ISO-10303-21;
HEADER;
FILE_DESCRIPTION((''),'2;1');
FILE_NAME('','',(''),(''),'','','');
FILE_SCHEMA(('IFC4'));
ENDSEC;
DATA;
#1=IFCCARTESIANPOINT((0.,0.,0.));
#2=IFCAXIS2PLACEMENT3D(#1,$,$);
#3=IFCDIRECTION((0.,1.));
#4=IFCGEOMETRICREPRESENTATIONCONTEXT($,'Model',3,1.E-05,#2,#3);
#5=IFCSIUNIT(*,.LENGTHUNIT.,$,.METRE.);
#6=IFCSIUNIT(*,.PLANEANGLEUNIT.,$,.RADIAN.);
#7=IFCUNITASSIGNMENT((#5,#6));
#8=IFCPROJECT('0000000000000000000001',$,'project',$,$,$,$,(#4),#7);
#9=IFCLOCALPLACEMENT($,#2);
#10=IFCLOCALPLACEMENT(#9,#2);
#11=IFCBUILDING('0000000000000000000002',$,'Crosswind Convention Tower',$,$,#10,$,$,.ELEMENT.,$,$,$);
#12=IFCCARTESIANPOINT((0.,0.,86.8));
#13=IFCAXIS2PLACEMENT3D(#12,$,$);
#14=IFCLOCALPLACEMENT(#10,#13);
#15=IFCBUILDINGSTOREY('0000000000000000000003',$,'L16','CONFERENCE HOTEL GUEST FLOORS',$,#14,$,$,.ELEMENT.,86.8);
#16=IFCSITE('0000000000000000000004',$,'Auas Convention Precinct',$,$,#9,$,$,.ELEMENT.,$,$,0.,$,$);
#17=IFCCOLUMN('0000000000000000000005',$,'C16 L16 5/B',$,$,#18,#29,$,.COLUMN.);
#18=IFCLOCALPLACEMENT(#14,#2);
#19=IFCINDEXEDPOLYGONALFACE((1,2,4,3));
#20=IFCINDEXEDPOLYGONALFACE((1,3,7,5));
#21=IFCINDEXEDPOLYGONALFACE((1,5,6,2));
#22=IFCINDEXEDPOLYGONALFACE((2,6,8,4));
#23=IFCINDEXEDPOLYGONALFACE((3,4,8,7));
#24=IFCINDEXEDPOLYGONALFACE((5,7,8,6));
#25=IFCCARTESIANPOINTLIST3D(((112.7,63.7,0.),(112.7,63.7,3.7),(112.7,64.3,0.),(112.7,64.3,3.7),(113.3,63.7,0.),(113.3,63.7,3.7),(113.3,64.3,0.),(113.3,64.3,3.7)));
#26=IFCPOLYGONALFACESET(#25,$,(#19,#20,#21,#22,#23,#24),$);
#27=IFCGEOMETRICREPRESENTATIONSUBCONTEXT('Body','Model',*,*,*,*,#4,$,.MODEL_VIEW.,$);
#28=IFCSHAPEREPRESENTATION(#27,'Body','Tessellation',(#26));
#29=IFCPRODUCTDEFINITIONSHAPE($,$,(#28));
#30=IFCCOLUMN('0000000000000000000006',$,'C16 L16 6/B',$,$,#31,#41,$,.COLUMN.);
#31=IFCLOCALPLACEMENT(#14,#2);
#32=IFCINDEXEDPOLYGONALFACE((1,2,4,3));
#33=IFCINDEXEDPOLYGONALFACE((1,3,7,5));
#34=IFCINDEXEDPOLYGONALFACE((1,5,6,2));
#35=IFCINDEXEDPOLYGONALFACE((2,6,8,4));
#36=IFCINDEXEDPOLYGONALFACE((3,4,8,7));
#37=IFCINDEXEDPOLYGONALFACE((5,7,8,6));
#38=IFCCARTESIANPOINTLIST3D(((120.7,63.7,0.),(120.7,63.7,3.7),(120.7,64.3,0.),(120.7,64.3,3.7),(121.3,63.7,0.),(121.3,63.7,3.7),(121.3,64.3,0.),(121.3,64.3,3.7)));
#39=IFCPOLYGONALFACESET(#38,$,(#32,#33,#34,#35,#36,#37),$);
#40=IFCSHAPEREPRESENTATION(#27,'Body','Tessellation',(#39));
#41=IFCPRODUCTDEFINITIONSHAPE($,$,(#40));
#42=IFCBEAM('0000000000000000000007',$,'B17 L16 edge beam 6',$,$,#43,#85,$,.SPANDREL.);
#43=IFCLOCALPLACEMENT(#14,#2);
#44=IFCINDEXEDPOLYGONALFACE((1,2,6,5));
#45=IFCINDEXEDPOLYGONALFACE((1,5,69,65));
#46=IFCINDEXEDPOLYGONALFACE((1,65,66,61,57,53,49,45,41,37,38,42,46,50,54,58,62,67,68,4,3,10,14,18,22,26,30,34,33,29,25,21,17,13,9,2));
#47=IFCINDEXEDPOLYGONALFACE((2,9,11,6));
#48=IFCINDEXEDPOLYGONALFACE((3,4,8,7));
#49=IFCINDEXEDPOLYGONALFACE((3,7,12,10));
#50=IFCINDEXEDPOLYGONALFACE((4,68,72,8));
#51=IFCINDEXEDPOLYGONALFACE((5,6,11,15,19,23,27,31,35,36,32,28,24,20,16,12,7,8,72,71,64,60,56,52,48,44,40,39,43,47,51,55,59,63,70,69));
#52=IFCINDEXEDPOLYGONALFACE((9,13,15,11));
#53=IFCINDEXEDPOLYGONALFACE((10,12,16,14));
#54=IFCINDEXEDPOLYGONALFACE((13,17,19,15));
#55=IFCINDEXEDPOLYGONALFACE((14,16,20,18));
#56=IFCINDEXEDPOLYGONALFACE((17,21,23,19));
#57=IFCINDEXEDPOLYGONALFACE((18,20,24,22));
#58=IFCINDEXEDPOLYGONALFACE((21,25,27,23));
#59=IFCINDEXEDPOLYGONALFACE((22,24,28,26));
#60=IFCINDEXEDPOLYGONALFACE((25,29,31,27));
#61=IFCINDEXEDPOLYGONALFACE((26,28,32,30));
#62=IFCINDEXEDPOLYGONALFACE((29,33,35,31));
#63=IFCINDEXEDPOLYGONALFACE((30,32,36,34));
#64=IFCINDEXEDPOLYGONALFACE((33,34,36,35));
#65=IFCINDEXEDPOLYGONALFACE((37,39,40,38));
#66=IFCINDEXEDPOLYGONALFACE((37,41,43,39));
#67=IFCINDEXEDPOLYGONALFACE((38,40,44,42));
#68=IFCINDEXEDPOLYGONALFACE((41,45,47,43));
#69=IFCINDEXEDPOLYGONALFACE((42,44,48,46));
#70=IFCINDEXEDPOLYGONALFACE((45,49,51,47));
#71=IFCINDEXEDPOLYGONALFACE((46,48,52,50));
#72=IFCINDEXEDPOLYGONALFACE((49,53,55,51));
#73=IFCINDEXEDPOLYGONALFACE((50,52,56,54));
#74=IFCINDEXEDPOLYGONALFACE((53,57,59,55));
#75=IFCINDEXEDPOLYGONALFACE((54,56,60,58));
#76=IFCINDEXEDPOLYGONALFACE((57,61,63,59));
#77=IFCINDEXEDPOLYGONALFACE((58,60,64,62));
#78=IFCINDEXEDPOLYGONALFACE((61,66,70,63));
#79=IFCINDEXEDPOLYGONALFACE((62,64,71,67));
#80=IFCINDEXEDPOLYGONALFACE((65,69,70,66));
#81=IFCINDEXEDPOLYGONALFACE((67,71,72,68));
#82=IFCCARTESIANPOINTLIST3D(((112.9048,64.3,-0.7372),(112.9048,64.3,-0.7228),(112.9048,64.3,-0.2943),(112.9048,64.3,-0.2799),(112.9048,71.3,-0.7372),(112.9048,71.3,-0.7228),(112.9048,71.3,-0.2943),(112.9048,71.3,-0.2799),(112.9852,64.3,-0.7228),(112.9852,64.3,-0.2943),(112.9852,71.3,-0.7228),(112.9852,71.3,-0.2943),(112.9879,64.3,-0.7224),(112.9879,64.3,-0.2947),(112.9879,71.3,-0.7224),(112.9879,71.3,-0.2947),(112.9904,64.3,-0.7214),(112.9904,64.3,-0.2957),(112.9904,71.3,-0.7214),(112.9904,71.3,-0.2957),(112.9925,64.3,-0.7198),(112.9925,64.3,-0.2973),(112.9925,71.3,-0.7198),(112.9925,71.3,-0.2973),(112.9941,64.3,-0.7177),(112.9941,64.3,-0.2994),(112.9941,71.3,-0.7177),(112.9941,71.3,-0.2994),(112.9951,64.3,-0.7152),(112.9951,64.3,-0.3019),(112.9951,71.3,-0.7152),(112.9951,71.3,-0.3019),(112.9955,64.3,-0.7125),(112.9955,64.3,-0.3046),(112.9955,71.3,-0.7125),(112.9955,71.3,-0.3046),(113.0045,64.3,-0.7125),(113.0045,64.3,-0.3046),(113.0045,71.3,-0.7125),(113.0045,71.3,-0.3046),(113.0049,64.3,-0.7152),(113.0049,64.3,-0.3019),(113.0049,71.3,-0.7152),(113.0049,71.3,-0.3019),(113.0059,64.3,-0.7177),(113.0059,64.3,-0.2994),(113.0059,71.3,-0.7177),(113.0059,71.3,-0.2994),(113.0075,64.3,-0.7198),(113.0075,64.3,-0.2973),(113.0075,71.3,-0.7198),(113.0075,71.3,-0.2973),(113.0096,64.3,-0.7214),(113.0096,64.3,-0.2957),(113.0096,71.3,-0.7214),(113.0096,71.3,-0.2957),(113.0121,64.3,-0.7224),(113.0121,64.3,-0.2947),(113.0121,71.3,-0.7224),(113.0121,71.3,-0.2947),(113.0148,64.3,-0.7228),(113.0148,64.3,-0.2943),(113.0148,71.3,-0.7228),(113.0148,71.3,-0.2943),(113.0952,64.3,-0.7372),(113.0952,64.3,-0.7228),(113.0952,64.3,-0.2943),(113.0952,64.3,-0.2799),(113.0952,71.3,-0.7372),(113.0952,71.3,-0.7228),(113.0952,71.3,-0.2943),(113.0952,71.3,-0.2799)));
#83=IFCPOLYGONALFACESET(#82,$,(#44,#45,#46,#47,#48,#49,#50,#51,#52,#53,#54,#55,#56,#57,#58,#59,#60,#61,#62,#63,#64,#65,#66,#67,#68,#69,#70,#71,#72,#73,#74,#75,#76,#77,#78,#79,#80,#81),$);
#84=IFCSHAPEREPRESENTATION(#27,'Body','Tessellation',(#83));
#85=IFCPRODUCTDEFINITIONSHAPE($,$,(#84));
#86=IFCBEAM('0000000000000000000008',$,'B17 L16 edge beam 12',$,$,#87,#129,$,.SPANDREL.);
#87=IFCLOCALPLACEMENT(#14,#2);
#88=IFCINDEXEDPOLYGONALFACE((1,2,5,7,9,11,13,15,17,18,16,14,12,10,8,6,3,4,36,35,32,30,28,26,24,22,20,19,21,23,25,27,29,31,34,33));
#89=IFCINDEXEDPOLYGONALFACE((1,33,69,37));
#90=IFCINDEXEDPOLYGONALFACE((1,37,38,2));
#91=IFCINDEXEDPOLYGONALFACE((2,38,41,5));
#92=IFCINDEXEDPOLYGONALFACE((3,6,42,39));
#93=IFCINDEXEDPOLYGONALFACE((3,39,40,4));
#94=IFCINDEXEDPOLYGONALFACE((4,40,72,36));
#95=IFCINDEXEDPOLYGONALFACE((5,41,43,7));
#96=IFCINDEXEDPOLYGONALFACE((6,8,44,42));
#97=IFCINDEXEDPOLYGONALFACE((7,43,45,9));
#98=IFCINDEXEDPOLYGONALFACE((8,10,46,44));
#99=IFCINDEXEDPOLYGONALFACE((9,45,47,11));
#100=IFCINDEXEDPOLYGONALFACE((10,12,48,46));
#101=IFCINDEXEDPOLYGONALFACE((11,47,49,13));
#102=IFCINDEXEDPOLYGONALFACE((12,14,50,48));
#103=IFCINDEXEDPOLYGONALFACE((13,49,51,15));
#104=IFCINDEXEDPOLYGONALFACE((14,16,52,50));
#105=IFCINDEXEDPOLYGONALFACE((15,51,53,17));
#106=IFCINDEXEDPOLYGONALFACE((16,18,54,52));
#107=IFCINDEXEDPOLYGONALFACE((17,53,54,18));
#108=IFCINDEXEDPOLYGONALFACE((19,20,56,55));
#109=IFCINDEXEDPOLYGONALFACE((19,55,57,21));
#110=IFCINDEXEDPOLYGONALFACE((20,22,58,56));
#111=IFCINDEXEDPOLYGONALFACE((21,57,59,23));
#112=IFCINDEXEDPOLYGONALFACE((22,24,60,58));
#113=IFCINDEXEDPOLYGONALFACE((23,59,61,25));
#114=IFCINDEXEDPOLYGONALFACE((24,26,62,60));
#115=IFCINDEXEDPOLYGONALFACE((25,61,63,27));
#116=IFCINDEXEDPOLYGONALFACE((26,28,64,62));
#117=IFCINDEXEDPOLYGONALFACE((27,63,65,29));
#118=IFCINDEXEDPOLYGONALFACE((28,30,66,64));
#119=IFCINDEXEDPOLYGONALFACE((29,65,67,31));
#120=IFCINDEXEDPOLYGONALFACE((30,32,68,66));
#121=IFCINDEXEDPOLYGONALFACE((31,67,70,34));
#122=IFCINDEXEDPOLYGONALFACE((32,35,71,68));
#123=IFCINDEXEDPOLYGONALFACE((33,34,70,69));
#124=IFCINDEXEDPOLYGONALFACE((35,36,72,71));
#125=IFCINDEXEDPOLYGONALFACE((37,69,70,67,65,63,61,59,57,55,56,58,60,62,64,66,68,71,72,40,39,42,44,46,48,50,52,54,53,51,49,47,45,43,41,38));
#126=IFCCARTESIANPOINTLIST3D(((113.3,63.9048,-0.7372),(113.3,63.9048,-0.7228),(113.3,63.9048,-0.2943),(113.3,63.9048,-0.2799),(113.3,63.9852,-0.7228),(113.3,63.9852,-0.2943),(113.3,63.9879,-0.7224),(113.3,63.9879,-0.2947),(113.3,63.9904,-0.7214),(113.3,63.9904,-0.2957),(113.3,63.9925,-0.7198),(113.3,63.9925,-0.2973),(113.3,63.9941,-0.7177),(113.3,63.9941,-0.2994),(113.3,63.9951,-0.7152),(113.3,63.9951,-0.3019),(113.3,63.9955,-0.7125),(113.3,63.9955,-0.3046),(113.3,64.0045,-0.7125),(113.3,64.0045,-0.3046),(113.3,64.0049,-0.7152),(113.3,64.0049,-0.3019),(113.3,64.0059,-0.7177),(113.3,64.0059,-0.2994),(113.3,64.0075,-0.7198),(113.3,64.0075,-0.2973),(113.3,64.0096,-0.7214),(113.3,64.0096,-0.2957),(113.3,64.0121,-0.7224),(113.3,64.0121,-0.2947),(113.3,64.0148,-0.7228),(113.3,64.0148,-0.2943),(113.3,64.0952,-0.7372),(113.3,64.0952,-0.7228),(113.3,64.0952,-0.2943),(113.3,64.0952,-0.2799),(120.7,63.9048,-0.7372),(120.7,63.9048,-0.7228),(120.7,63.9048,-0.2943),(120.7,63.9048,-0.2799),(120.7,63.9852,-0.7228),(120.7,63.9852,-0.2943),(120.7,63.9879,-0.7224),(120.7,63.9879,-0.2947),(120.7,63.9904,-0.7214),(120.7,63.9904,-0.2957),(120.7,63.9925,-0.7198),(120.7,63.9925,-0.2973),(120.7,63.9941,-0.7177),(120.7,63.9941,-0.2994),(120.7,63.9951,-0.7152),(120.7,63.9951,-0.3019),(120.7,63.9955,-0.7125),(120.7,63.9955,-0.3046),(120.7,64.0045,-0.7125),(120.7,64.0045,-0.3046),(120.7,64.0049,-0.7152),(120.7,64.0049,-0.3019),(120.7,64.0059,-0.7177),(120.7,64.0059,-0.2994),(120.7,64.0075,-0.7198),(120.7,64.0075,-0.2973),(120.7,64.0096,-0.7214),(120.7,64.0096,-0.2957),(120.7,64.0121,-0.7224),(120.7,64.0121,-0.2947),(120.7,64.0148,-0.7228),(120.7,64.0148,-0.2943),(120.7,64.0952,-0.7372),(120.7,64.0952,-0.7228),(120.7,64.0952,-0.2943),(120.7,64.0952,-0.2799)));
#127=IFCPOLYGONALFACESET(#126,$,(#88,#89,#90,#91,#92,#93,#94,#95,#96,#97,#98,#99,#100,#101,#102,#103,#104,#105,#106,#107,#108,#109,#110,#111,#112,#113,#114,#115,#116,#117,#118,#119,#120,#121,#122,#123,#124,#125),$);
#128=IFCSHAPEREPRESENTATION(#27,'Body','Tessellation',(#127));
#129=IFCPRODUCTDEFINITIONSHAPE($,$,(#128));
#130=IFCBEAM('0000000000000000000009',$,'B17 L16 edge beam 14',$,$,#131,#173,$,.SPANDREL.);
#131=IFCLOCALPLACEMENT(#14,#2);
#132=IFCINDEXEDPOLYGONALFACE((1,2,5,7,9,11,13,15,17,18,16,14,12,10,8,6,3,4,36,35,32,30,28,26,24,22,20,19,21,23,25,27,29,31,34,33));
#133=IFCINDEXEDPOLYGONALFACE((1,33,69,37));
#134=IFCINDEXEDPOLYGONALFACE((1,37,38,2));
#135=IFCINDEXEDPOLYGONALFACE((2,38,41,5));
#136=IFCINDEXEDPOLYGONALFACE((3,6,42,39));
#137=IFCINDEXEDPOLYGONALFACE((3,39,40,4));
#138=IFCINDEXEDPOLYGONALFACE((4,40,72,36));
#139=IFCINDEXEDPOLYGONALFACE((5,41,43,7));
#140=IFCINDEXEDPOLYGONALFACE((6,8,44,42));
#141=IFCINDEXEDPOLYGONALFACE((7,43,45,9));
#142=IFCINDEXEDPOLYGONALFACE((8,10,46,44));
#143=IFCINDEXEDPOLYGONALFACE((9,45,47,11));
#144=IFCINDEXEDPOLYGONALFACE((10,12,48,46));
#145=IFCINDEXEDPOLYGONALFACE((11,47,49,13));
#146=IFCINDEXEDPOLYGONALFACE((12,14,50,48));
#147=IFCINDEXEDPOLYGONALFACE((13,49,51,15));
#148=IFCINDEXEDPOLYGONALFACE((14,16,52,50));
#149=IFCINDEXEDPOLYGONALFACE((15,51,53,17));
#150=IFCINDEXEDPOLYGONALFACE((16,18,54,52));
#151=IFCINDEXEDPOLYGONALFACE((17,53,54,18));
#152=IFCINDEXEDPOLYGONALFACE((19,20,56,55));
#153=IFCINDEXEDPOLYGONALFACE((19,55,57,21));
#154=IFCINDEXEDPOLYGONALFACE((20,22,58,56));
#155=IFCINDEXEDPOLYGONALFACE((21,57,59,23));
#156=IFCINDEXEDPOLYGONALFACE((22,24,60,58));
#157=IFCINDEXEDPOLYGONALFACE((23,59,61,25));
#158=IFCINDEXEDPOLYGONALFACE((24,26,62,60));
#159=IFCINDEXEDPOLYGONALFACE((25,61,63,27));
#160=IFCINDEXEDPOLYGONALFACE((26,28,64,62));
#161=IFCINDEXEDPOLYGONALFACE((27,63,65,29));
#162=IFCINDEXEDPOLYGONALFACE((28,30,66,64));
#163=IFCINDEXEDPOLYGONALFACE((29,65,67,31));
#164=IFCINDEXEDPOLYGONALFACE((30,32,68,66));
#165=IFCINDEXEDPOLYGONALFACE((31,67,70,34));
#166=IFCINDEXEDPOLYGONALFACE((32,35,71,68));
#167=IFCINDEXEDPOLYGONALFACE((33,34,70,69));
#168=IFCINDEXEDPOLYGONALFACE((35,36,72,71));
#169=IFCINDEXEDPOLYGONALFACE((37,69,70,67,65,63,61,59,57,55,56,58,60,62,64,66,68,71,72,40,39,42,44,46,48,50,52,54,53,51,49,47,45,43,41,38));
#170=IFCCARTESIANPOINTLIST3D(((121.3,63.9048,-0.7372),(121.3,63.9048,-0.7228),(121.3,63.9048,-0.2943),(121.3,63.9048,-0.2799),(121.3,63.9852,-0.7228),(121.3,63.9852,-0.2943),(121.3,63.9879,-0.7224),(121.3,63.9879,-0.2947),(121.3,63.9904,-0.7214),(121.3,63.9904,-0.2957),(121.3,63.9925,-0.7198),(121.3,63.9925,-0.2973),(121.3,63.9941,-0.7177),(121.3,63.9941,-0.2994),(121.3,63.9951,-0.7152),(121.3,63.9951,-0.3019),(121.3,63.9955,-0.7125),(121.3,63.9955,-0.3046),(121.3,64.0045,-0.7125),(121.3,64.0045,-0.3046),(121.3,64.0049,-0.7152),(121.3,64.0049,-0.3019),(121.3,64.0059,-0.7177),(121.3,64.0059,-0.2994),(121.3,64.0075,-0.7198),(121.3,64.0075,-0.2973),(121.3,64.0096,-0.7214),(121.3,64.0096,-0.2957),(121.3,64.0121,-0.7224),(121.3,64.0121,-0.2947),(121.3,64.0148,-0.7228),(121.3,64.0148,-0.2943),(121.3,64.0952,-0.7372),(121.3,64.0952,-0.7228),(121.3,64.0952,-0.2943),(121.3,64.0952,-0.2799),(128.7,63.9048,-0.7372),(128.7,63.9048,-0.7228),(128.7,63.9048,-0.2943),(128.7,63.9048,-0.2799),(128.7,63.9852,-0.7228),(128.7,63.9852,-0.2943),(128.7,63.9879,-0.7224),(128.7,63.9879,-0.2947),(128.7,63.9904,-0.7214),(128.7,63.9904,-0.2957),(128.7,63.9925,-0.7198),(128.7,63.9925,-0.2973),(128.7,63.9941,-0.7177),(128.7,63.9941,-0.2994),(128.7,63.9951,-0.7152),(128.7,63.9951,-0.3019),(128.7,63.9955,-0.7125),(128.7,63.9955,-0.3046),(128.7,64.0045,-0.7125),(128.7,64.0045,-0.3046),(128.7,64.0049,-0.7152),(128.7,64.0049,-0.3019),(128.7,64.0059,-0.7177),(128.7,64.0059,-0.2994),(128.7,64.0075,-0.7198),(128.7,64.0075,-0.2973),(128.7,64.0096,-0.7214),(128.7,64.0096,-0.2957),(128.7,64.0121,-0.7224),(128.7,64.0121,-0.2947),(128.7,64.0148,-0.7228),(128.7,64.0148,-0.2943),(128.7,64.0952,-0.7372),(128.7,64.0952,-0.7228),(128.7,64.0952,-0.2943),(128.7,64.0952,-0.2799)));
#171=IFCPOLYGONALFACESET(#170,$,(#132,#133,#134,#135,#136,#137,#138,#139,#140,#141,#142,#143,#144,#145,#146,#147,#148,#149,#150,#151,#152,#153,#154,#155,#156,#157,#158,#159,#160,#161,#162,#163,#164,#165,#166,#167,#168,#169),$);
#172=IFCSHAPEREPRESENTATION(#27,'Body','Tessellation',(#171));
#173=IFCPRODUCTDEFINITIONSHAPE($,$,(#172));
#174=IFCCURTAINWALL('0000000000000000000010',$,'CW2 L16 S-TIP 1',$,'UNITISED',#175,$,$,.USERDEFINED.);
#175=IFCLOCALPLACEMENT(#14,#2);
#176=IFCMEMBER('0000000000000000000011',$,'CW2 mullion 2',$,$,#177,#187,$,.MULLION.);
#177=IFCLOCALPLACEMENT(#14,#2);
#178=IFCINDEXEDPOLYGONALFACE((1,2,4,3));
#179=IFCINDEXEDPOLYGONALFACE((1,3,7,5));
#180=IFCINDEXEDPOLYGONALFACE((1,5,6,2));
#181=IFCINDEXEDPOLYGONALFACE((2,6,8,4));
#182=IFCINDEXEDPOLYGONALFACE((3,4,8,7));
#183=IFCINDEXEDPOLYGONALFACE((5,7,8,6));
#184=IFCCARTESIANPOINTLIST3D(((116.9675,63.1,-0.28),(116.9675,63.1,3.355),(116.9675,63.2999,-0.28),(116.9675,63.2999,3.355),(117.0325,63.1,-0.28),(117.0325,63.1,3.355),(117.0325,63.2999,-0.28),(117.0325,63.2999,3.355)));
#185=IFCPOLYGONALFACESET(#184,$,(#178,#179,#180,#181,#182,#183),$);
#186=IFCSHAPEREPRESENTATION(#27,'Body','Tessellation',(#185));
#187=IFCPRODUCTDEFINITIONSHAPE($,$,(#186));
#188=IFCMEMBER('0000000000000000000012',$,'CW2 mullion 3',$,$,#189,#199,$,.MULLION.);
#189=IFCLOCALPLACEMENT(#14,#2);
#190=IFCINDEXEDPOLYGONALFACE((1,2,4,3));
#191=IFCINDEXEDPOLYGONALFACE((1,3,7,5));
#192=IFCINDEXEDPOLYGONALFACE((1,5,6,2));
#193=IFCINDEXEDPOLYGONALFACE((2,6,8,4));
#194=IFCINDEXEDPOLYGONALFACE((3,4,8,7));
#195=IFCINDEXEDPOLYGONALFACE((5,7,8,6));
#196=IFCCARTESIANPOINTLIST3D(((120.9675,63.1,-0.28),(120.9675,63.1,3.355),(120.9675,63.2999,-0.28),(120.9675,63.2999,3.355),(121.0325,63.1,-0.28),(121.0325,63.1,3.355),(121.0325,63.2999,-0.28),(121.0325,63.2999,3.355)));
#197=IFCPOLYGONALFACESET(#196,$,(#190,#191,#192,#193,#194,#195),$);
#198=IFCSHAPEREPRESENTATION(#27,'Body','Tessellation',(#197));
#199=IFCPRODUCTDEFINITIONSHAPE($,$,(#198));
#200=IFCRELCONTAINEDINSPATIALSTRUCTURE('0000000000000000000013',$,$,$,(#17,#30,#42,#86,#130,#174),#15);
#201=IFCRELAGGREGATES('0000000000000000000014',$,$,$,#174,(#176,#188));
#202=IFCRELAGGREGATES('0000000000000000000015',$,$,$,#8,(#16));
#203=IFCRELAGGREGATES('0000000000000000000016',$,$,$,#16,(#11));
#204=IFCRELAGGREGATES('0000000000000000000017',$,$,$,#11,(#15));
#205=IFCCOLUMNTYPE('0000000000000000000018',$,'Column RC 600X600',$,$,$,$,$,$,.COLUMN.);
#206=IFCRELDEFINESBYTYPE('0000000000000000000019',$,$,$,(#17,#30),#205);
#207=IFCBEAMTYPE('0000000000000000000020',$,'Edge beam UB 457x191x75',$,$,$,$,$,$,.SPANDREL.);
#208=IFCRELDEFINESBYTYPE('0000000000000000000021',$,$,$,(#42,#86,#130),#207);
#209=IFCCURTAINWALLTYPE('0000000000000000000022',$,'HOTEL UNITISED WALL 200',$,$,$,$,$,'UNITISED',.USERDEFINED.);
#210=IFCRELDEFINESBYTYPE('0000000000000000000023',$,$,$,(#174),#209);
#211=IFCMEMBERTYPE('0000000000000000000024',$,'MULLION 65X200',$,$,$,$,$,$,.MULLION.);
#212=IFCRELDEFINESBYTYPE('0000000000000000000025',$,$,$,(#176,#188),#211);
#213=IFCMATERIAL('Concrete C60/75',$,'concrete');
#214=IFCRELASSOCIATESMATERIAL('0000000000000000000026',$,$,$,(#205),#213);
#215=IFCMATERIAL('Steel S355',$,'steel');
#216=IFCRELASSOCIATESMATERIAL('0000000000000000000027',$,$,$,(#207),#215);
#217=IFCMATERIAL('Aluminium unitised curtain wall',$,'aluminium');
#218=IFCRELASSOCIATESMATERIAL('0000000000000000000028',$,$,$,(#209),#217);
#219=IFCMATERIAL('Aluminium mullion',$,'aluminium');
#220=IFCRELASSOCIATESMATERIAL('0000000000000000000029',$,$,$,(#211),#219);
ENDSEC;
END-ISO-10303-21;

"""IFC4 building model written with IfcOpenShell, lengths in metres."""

from ifc_helpers import new_model, si_unit, direction, frame, origin, origin_2d, place, context, subcontext, project, spatial, rectangle, i_section, extrude, material, material_profile, profile_set, type_object, element, aggregate, save


model = new_model("IFC4")

# Units and contexts
model_context = context("Model", 3, precision=1e-05, world=origin(), true_north=direction((0.0, 1.0)))
body_context = subcontext(model_context, "Body", "Model", "MODEL_VIEW")
ifc_project = project(units=[si_unit("LENGTHUNIT", "METRE"), si_unit("PLANEANGLEUNIT", "RADIAN")], contexts=[model_context])

# Site, building, storey
site_placement = place(None, origin())
site = spatial("IfcSite", under=ifc_project, at=site_placement, Name="Auas Convention Precinct", CompositionType="ELEMENT", RefElevation=0.0)
building_placement = place(site_placement, origin())
building = spatial("IfcBuilding", under=site, at=building_placement, Name="Crosswind Convention Tower", CompositionType="ELEMENT")
storey_placement = place(building_placement, frame((0.0, 0.0, 86.8)))
storey = spatial("IfcBuildingStorey", under=building, at=storey_placement, Name="L16", Description="CONFERENCE HOTEL GUEST FLOORS", CompositionType="ELEMENT", Elevation=86.8)

# Columns
ifc_material_1 = material(Name="Concrete C60/75", Category="concrete")
ifc_material_profile_1 = material_profile(ifc_material_1, rectangle(XDim=0.6001, YDim=0.6001, at=origin_2d()), Name="RC 600X600")
ifc_profile_set_1 = profile_set([ifc_material_profile_1], Name="Concrete C60/75")
column_type = type_object("IfcColumnType", Name="Column RC 600X600", PredefinedType="COLUMN", material=ifc_profile_set_1)
for number, where, z_axis, x_axis, name in (
    (1, (113.0, 64.0, 0.0), (0.0, 0.0, 1.0), (1.0, 0.0, 0.0), "C16 L16 5/B"),
    (2, (121.0, 64.0, 0.0), (0.0, 0.0, 1.0), (1.0, 0.0, 0.0), "C16 L16 6/B"),
):
    element("IfcColumn", number, at=place(storey_placement, frame(where, z_axis=z_axis, x_axis=x_axis)), inside=storey, type_object=column_type, Name=name, PredefinedType="COLUMN", context=body_context, shape_type="SweptSolid", body=[
        extrude(rectangle(XDim=0.6001, YDim=0.6001, at=origin_2d()), origin(), (0.0, 0.0, 1.0), 3.7),
    ])

# Beams
ifc_material_2 = material(Name="Steel S355", Category="steel")
ifc_material_profile_2 = material_profile(ifc_material_2, i_section(OverallWidth=0.1904, OverallDepth=0.4573, WebThickness=0.009, FlangeThickness=0.0144, FilletRadius=0.0103, at=origin_2d()), Name="UB 457x191x75")
ifc_profile_set_2 = profile_set([ifc_material_profile_2], Name="Steel S355")
beam_type = type_object("IfcBeamType", Name="Edge beam UB 457x191x75", PredefinedType="SPANDREL", material=ifc_profile_set_2)
beam_placement = place(storey_placement, frame((113.0, 64.3, -0.5085), z_axis=(0.0, 1.0, 0.0), x_axis=(-1.0, 0.0, 0.0)))
element("IfcBeam", 3, at=beam_placement, inside=storey, type_object=beam_type, Name="B17 L16 edge beam 6", PredefinedType="SPANDREL", context=body_context, shape_type="SweptSolid", body=[
    extrude(i_section(OverallWidth=0.1904, OverallDepth=0.4573, WebThickness=0.009, FlangeThickness=0.0144, FilletRadius=0.0103, at=origin_2d()), origin(), (0.0, 0.0, 1.0), 7.0),
])
for number, where, z_axis, x_axis, name in (
    (4, (113.3, 64.0, -0.5085), (1.0, 0.0, 0.0), (0.0, 1.0, 0.0), "B17 L16 edge beam 12"),
    (5, (121.3, 64.0, -0.5085), (1.0, 0.0, 0.0), (0.0, 1.0, 0.0), "B17 L16 edge beam 14"),
):
    element("IfcBeam", number, at=place(storey_placement, frame(where, z_axis=z_axis, x_axis=x_axis)), inside=storey, type_object=beam_type, Name=name, PredefinedType="SPANDREL", context=body_context, shape_type="SweptSolid", body=[
        extrude(i_section(OverallWidth=0.1904, OverallDepth=0.4573, WebThickness=0.009, FlangeThickness=0.0144, FilletRadius=0.0103, at=origin_2d()), origin(), (0.0, 0.0, 1.0), 7.3999),
    ])

# Curtain wall, members
ifc_material_3 = material(Name="Aluminium unitised curtain wall", Category="aluminium")
curtain_wall_type = type_object("IfcCurtainWallType", Name="HOTEL UNITISED WALL 200", ElementType="UNITISED", PredefinedType="USERDEFINED", material=ifc_material_3)
curtain_wall_placement = place(storey_placement, origin())
curtain_wall = element("IfcCurtainWall", 6, at=curtain_wall_placement, inside=storey, type_object=curtain_wall_type, Name="CW2 L16 S-TIP 1", ObjectType="UNITISED", PredefinedType="USERDEFINED")
ifc_material_4 = material(Name="Aluminium mullion", Category="aluminium")
ifc_material_profile_3 = material_profile(ifc_material_4, rectangle(XDim=0.2, YDim=0.0649, at=origin_2d()), Name="AL 200X65")
ifc_profile_set_3 = profile_set([ifc_material_profile_3], Name="Aluminium mullion")
member_type_1 = type_object("IfcMemberType", Name="MULLION 65X200", PredefinedType="MULLION", material=ifc_profile_set_3)
member_1_placement = place(storey_placement, frame((117.0, 63.2, -0.28), z_axis=(0.0, 0.0, 1.0), x_axis=(0.0, -1.0, 0.0)))
member_1 = element("IfcMember", 7, at=member_1_placement, type_object=member_type_1, Name="CW2 mullion 2", PredefinedType="MULLION", context=body_context, shape_type="SweptSolid", body=[
    extrude(rectangle(XDim=0.2, YDim=0.0649, at=origin_2d()), origin(), (0.0, 0.0, 1.0), 3.635),
])
member_2_placement = place(storey_placement, frame((121.0, 63.2, -0.28), z_axis=(0.0, 0.0, 1.0), x_axis=(0.0, -1.0, 0.0)))
member_2 = element("IfcMember", 8, at=member_2_placement, type_object=member_type_1, Name="CW2 mullion 3", PredefinedType="MULLION", context=body_context, shape_type="SweptSolid", body=[
    extrude(rectangle(XDim=0.2, YDim=0.0649, at=origin_2d()), origin(), (0.0, 0.0, 1.0), 3.635),
])

aggregate(curtain_wall, [member_1, member_2])

save(model, "model.ifc")
